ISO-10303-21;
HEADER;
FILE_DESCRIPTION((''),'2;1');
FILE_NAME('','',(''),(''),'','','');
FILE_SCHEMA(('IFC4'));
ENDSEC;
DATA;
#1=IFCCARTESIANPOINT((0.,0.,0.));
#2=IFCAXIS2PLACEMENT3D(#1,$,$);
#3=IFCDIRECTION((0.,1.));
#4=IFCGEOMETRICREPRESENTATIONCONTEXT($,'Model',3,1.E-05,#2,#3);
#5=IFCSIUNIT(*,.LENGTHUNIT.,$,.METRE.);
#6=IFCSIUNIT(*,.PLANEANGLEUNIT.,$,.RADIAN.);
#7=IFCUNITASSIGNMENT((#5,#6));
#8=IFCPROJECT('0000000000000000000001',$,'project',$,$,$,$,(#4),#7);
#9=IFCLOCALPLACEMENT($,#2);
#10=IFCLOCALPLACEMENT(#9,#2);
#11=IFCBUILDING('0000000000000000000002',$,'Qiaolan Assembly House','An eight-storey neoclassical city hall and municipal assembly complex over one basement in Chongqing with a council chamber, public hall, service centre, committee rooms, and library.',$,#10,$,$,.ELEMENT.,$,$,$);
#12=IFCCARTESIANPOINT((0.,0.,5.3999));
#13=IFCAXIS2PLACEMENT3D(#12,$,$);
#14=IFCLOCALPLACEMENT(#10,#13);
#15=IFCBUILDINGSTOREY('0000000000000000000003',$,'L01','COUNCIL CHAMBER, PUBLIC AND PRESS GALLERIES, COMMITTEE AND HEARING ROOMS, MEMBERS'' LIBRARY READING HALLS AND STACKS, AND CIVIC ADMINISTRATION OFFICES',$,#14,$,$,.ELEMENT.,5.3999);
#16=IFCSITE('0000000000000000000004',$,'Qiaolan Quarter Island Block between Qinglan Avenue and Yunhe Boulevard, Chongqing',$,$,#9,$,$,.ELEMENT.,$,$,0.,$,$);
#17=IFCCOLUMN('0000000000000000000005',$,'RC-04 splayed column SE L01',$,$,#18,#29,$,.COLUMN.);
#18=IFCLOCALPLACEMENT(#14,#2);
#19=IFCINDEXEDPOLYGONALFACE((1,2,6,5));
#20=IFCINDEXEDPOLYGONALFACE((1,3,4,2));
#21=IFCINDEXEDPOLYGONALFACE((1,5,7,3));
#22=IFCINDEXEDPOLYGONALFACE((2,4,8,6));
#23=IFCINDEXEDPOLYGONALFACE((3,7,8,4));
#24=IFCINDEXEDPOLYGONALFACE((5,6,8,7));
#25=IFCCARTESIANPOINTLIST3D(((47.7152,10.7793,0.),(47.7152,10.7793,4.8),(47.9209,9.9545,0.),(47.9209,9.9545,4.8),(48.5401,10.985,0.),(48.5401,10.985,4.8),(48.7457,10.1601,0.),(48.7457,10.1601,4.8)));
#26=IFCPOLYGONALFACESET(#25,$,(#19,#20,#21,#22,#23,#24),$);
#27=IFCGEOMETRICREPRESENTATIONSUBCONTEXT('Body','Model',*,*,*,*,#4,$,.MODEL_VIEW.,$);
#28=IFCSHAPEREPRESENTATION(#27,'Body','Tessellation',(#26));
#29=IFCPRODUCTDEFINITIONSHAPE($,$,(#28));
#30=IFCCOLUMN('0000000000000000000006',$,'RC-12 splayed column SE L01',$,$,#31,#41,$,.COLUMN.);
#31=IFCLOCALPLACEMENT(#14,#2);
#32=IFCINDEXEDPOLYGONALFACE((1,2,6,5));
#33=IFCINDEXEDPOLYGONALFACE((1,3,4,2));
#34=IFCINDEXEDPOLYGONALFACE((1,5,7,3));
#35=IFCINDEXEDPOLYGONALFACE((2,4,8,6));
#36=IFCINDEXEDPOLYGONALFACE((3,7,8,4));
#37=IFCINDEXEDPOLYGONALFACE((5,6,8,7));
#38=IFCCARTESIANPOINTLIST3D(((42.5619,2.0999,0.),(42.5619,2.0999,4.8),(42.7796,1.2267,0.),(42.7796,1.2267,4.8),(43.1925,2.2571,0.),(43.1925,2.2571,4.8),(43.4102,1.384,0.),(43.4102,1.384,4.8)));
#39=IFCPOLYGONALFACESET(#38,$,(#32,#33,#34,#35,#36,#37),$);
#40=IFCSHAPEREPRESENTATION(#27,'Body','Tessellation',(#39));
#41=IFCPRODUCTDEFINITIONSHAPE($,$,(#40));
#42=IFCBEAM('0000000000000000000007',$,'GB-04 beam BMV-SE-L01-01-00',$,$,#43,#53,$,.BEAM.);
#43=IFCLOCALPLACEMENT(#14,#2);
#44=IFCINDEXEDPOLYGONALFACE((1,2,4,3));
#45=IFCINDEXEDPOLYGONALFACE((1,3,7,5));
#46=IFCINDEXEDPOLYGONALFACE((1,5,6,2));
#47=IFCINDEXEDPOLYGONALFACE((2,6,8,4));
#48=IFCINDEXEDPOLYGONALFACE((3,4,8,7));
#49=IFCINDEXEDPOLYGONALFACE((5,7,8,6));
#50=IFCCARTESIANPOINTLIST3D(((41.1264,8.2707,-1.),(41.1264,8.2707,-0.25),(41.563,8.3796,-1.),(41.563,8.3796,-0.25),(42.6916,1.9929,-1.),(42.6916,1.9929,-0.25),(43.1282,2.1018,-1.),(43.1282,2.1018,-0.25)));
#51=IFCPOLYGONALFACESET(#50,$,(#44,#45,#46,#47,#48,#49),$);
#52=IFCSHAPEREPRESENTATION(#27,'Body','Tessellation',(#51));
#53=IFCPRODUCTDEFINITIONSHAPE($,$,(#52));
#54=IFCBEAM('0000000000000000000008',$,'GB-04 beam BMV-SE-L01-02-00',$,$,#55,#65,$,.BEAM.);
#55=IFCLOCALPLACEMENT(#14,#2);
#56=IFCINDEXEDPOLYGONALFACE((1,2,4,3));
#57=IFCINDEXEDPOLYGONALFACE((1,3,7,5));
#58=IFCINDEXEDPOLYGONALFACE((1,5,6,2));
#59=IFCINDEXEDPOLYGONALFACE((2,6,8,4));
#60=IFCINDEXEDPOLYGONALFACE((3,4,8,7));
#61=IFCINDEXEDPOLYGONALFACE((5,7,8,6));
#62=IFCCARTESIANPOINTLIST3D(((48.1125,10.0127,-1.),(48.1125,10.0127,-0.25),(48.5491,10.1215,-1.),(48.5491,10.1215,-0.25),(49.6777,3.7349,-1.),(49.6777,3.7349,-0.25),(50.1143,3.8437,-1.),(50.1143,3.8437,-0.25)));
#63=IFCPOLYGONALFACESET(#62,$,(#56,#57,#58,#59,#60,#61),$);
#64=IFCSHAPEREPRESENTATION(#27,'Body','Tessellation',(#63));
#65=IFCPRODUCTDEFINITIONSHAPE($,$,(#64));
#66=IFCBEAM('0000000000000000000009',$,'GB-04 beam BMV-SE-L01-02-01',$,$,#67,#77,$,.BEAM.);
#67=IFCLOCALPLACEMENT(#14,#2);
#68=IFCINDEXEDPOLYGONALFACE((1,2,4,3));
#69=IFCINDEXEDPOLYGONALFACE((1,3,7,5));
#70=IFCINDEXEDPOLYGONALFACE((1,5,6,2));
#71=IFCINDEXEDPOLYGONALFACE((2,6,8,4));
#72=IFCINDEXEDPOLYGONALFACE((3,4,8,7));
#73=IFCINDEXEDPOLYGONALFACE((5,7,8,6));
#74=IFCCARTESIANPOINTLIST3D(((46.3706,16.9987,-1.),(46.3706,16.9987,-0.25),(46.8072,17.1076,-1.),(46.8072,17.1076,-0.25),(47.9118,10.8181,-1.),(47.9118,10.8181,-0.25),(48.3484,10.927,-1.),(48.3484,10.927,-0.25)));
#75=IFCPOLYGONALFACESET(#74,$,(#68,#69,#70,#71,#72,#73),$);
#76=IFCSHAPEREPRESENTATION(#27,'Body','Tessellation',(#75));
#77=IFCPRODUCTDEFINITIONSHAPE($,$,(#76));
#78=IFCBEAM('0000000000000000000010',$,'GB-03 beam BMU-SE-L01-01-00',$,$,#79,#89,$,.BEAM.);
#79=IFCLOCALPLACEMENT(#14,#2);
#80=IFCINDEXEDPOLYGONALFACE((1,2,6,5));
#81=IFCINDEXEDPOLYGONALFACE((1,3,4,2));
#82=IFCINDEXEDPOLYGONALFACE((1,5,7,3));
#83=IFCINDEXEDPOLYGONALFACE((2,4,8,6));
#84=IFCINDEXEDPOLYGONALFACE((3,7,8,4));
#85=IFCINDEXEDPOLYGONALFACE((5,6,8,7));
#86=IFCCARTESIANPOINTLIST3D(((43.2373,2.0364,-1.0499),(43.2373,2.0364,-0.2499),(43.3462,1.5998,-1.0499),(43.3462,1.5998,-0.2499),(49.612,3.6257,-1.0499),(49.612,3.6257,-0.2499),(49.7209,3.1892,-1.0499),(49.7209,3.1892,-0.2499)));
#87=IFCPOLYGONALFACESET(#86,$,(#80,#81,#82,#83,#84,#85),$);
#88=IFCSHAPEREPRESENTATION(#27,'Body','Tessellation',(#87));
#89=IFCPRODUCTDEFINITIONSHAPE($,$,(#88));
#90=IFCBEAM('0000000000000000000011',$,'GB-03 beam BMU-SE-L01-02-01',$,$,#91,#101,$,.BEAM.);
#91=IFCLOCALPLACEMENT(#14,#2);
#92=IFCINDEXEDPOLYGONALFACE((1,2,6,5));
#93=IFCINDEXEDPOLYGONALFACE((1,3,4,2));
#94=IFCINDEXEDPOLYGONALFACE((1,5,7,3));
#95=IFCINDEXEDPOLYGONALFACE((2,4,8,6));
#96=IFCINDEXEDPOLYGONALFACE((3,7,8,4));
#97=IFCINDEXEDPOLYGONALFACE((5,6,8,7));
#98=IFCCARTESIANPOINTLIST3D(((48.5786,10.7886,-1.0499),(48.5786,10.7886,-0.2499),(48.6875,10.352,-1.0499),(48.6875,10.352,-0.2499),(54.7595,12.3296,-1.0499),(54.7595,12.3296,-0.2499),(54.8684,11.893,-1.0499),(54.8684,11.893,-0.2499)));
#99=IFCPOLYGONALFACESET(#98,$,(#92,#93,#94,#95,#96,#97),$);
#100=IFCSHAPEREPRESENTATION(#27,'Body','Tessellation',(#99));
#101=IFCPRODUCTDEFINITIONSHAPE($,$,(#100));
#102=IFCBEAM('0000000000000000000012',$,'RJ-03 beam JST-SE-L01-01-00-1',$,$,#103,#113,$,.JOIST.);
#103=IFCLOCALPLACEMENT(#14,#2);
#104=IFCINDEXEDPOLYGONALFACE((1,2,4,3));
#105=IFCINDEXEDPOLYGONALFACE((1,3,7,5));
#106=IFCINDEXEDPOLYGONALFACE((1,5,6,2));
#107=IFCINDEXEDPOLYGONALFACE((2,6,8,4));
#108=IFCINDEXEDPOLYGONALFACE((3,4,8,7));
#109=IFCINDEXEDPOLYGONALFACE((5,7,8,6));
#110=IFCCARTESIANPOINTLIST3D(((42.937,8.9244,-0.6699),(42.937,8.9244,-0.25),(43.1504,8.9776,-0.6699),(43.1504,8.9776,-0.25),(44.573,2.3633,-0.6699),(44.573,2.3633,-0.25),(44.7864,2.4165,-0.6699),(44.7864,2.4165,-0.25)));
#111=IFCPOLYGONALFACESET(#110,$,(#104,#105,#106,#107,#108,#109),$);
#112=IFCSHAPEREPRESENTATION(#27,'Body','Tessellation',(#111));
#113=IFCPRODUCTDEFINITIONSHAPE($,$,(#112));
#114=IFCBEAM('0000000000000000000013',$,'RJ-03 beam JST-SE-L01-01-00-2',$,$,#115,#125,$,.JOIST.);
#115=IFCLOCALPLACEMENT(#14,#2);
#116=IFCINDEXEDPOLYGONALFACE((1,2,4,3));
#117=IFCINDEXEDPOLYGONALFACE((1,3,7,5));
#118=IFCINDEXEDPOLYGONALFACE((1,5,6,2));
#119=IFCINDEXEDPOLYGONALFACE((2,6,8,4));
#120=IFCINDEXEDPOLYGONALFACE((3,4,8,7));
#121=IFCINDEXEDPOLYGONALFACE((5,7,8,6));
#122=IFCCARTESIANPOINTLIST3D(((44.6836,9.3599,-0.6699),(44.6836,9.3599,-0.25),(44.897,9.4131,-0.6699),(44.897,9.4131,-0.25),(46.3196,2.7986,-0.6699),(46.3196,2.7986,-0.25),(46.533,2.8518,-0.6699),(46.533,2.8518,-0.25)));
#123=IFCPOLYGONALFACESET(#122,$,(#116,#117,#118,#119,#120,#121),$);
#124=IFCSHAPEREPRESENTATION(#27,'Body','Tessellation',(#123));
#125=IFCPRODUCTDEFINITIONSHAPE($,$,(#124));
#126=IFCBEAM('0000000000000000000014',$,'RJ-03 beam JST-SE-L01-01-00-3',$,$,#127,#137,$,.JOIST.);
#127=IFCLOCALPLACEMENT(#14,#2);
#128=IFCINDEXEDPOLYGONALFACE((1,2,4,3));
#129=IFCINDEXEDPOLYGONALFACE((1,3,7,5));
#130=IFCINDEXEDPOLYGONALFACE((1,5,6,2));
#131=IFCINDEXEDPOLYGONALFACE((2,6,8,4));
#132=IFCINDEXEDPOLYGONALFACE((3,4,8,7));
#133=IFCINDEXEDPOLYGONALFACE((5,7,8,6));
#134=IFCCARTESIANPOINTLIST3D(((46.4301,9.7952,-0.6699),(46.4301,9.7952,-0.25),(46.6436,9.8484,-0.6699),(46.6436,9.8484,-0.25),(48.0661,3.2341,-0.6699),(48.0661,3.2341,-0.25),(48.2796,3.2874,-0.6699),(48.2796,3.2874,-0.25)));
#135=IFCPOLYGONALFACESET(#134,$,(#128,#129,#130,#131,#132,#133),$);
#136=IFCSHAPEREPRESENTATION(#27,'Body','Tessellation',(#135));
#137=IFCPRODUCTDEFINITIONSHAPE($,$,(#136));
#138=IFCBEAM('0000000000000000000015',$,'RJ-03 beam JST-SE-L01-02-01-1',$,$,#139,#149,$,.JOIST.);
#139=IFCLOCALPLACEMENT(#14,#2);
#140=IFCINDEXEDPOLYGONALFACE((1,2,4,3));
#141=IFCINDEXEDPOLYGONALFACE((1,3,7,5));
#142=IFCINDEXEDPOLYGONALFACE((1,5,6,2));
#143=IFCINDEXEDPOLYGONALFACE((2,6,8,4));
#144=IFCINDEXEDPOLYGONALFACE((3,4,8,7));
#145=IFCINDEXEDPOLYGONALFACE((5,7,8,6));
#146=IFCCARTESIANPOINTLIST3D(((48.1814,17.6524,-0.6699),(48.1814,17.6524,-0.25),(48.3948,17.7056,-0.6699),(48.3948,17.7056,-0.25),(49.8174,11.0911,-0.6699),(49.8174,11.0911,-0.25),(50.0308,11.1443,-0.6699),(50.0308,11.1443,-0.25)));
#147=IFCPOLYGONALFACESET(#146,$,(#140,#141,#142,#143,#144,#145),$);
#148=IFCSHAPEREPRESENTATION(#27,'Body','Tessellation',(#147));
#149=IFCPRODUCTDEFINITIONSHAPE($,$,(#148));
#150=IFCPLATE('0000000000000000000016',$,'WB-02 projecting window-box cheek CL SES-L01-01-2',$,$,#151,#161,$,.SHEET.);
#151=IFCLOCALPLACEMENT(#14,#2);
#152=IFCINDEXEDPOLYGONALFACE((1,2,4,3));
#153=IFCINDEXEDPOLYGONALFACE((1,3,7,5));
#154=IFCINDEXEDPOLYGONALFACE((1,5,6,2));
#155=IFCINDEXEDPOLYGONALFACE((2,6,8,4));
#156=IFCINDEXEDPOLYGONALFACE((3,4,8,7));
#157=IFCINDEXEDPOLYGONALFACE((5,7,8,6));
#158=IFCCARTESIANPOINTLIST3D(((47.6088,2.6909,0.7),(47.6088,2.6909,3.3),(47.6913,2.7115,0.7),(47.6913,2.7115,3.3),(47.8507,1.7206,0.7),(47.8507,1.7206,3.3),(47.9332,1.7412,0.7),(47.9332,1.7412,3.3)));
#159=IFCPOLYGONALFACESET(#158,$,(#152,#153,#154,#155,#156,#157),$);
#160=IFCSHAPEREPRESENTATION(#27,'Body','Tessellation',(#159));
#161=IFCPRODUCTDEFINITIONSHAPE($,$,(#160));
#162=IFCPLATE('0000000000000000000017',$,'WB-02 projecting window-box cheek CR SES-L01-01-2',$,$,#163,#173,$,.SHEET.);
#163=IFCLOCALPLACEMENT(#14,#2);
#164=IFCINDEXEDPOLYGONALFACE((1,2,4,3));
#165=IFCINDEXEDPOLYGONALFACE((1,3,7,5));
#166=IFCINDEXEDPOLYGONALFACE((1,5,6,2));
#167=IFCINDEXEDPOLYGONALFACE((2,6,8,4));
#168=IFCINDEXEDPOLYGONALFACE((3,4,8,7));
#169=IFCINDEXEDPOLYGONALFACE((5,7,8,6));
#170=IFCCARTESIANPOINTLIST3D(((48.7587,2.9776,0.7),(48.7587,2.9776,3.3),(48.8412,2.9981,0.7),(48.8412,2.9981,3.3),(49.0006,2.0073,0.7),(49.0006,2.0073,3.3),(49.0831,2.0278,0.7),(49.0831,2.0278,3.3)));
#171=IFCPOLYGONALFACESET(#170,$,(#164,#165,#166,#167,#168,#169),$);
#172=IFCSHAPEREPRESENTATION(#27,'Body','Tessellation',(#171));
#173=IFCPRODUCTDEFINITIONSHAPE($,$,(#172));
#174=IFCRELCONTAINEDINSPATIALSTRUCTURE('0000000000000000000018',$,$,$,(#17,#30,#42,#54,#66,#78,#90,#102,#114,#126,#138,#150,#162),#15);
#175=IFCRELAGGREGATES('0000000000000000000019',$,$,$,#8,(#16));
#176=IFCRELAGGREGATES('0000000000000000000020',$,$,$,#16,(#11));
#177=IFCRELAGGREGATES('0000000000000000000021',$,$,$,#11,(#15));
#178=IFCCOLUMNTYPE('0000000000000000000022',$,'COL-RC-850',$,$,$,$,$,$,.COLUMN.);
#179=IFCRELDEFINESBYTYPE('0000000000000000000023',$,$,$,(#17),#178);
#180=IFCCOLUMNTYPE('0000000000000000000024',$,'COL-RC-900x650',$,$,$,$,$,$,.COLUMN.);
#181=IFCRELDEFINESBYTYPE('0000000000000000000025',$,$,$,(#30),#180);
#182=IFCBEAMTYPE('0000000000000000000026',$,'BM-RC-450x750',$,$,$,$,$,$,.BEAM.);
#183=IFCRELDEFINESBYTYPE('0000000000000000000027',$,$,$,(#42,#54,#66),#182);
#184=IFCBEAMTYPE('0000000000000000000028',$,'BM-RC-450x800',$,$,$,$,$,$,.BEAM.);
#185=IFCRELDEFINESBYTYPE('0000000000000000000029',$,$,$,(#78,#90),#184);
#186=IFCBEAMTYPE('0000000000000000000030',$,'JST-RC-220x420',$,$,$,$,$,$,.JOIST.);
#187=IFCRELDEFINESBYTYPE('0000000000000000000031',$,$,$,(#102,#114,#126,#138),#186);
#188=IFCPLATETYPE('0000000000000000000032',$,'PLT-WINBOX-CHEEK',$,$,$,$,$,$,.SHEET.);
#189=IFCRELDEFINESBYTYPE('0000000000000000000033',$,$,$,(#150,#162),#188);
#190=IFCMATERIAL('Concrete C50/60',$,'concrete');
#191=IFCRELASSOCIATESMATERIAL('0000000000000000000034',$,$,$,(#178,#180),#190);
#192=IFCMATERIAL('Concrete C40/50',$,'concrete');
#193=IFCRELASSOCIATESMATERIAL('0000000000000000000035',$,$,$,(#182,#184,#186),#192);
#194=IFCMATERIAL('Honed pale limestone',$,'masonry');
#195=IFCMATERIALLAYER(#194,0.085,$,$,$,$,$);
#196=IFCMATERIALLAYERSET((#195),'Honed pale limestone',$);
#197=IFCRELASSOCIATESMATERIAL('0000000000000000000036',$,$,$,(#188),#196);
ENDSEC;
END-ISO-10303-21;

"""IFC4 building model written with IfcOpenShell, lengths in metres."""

from ifc_helpers import new_model, si_unit, direction, frame, origin, origin_2d, place, context, subcontext, project, spatial, rectangle, extrude, material, layer, layer_set, material_profile, profile_set, type_object, element, save


model = new_model("IFC4")

# Units and contexts
model_context = context("Model", 3, precision=1e-05, world=origin(), true_north=direction((0.0, 1.0)))
body_context = subcontext(model_context, "Body", "Model", "MODEL_VIEW")
ifc_project = project(units=[si_unit("LENGTHUNIT", "METRE"), si_unit("PLANEANGLEUNIT", "RADIAN")], contexts=[model_context])

# Site, building, storey
site_placement = place(None, origin())
site = spatial("IfcSite", under=ifc_project, at=site_placement, Name="Qiaolan Quarter Island Block between Qinglan Avenue and Yunhe Boulevard, Chongqing", CompositionType="ELEMENT", RefElevation=0.0)
building_placement = place(site_placement, origin())
building = spatial("IfcBuilding", under=site, at=building_placement, Name="Qiaolan Assembly House", Description="An eight-storey neoclassical city hall and municipal assembly complex over one basement in Chongqing with a council chamber, public hall, service centre, committee rooms, and library.", CompositionType="ELEMENT")
storey_placement = place(building_placement, frame((0.0, 0.0, 5.3999)))
storey = spatial("IfcBuildingStorey", under=building, at=storey_placement, Name="L01", Description="COUNCIL CHAMBER, PUBLIC AND PRESS GALLERIES, COMMITTEE AND HEARING ROOMS, MEMBERS' LIBRARY READING HALLS AND STACKS, AND CIVIC ADMINISTRATION OFFICES", CompositionType="ELEMENT", Elevation=5.3999)

# Columns
ifc_material_1 = material(Name="Concrete C50/60", Category="concrete")
ifc_material_profile_1 = material_profile(ifc_material_1, rectangle(XDim=0.8501, YDim=0.8501, at=origin_2d()), Name="RC 850x850")
ifc_profile_set_1 = profile_set([ifc_material_profile_1], Name="Concrete C50/60")
column_type_1 = type_object("IfcColumnType", Name="COL-RC-850", PredefinedType="COLUMN", material=ifc_profile_set_1)
column_1_placement = place(storey_placement, frame((48.2305, 10.4697, 0.0), z_axis=(0.0, 0.0, 1.0), x_axis=(0.970296, 0.241922, 0.0)))
element("IfcColumn", 1, at=column_1_placement, inside=storey, type_object=column_type_1, Name="RC-04 splayed column SE L01", PredefinedType="COLUMN", context=body_context, shape_type="SweptSolid", body=[
    extrude(rectangle(XDim=0.8501, YDim=0.8501, at=origin_2d()), origin(), (0.0, 0.0, 1.0), 4.8),
])
ifc_material_profile_2 = material_profile(ifc_material_1, rectangle(XDim=0.6499, YDim=0.8999, at=origin_2d()), Name="RC 900x650")
ifc_profile_set_2 = profile_set([ifc_material_profile_2], Name="Concrete C50/60")
column_type_2 = type_object("IfcColumnType", Name="COL-RC-900x650", PredefinedType="COLUMN", material=ifc_profile_set_2)
column_2_placement = place(storey_placement, frame((42.9861, 1.7419, 0.0), z_axis=(0.0, 0.0, 1.0), x_axis=(0.970296, 0.241922, 0.0)))
element("IfcColumn", 2, at=column_2_placement, inside=storey, type_object=column_type_2, Name="RC-12 splayed column SE L01", PredefinedType="COLUMN", context=body_context, shape_type="SweptSolid", body=[
    extrude(rectangle(XDim=0.6499, YDim=0.8999, at=origin_2d()), origin(), (0.0, 0.0, 1.0), 4.8),
])

# Beams
ifc_material_2 = material(Name="Concrete C40/50", Category="concrete")
ifc_material_profile_3 = material_profile(ifc_material_2, rectangle(XDim=0.45, YDim=0.75, at=origin_2d()), Name="RCB 450x750")
ifc_profile_set_3 = profile_set([ifc_material_profile_3], Name="Concrete C40/50")
beam_type_1 = type_object("IfcBeamType", Name="BM-RC-450x750", PredefinedType="BEAM", material=ifc_profile_set_3)
for number, where, z_axis, x_axis, name in (
    (3, (42.9099, 2.0474, -0.625), (-0.241914, 0.970298, 0.0), (-0.970298, -0.241914, 0.0), "GB-04 beam BMV-SE-L01-01-00"),
    (4, (49.896, 3.7893, -0.625), (-0.241914, 0.970298, 0.0), (-0.970298, -0.241914, 0.0), "GB-04 beam BMV-SE-L01-02-00"),
):
    element("IfcBeam", number, at=place(storey_placement, frame(where, z_axis=z_axis, x_axis=x_axis)), inside=storey, type_object=beam_type_1, Name=name, PredefinedType="BEAM", context=body_context, shape_type="SweptSolid", body=[
        extrude(rectangle(XDim=0.45, YDim=0.75, at=origin_2d()), origin(), (0.0, 0.0, 1.0), 6.47),
    ])
beam_1_placement = place(storey_placement, frame((48.1301, 10.8726, -0.625), z_axis=(-0.241958, 0.970287, 0.0), x_axis=(-0.970287, -0.241958, 0.0)))
element("IfcBeam", 5, at=beam_1_placement, inside=storey, type_object=beam_type_1, Name="GB-04 beam BMV-SE-L01-02-01", PredefinedType="BEAM", context=body_context, shape_type="SweptSolid", body=[
    extrude(rectangle(XDim=0.45, YDim=0.75, at=origin_2d()), origin(), (0.0, 0.0, 1.0), 6.3699),
])
ifc_material_profile_4 = material_profile(ifc_material_2, rectangle(XDim=0.45, YDim=0.8, at=origin_2d()), Name="RCB 450x800")
ifc_profile_set_4 = profile_set([ifc_material_profile_4], Name="Concrete C40/50")
beam_type_2 = type_object("IfcBeamType", Name="BM-RC-450x800", PredefinedType="BEAM", material=ifc_profile_set_4)
beam_2_placement = place(storey_placement, frame((43.2917, 1.8181, -0.6499), z_axis=(0.970298, 0.241915, 0.0), x_axis=(-0.241915, 0.970298, 0.0)))
element("IfcBeam", 6, at=beam_2_placement, inside=storey, type_object=beam_type_2, Name="GB-03 beam BMU-SE-L01-01-00", PredefinedType="BEAM", context=body_context, shape_type="SweptSolid", body=[
    extrude(rectangle(XDim=0.45, YDim=0.8, at=origin_2d()), origin(), (0.0, 0.0, 1.0), 6.5698),
])
beam_3_placement = place(storey_placement, frame((48.6331, 10.5703, -0.6499), z_axis=(0.970298, 0.241913, 0.0), x_axis=(-0.241913, 0.970298, 0.0)))
element("IfcBeam", 7, at=beam_3_placement, inside=storey, type_object=beam_type_2, Name="GB-03 beam BMU-SE-L01-02-01", PredefinedType="BEAM", context=body_context, shape_type="SweptSolid", body=[
    extrude(rectangle(XDim=0.45, YDim=0.8, at=origin_2d()), origin(), (0.0, 0.0, 1.0), 6.3701),
])
ifc_material_profile_5 = material_profile(ifc_material_2, rectangle(XDim=0.22, YDim=0.4199, at=origin_2d()), Name="RCB 220x420")
ifc_profile_set_5 = profile_set([ifc_material_profile_5], Name="Concrete C40/50")
beam_type_3 = type_object("IfcBeamType", Name="JST-RC-220x420", PredefinedType="JOIST", material=ifc_profile_set_5)
beam_4_placement = place(storey_placement, frame((44.6797, 2.3899, -0.46), z_axis=(-0.241941, 0.970291, 0.0), x_axis=(-0.970291, -0.241941, 0.0)))
element("IfcBeam", 8, at=beam_4_placement, inside=storey, type_object=beam_type_3, Name="RJ-03 beam JST-SE-L01-01-00-1", PredefinedType="JOIST", context=body_context, shape_type="SweptSolid", body=[
    extrude(rectangle(XDim=0.22, YDim=0.4199, at=origin_2d()), origin(), (0.0, 0.0, 1.0), 6.762),
])
beam_5_placement = place(storey_placement, frame((46.4263, 2.8252, -0.46), z_axis=(-0.241932, 0.970293, 0.0), x_axis=(-0.970293, -0.241932, 0.0)))
element("IfcBeam", 9, at=beam_5_placement, inside=storey, type_object=beam_type_3, Name="RJ-03 beam JST-SE-L01-01-00-2", PredefinedType="JOIST", context=body_context, shape_type="SweptSolid", body=[
    extrude(rectangle(XDim=0.22, YDim=0.4199, at=origin_2d()), origin(), (0.0, 0.0, 1.0), 6.7622),
])
beam_6_placement = place(storey_placement, frame((48.1729, 3.2607, -0.46), z_axis=(-0.241941, 0.970291, 0.0), x_axis=(-0.970291, -0.241941, 0.0)))
element("IfcBeam", 10, at=beam_6_placement, inside=storey, type_object=beam_type_3, Name="RJ-03 beam JST-SE-L01-01-00-3", PredefinedType="JOIST", context=body_context, shape_type="SweptSolid", body=[
    extrude(rectangle(XDim=0.22, YDim=0.4199, at=origin_2d()), origin(), (0.0, 0.0, 1.0), 6.762),
])
beam_7_placement = place(storey_placement, frame((49.9241, 11.1177, -0.46), z_axis=(-0.241932, 0.970293, 0.0), x_axis=(-0.970293, -0.241932, 0.0)))
element("IfcBeam", 11, at=beam_7_placement, inside=storey, type_object=beam_type_3, Name="RJ-03 beam JST-SE-L01-02-01-1", PredefinedType="JOIST", context=body_context, shape_type="SweptSolid", body=[
    extrude(rectangle(XDim=0.22, YDim=0.4199, at=origin_2d()), origin(), (0.0, 0.0, 1.0), 6.7622),
])

# Plates
ifc_material_3 = material(Name="Honed pale limestone", Category="masonry")
ifc_layer_1 = layer(ifc_material_3, 0.085)
ifc_layer_set_1 = layer_set([ifc_layer_1], Name="Honed pale limestone")
plate_type = type_object("IfcPlateType", Name="PLT-WINBOX-CHEEK", PredefinedType="SHEET", material=ifc_layer_set_1)
for number, where, z_axis, x_axis, name in (
    (12, (47.771, 2.2161, 0.7), (0.0, 0.0, 1.0), (0.970296, 0.241922, 0.0), "WB-02 projecting window-box cheek CL SES-L01-01-2"),
    (13, (48.9209, 2.5027, 0.7), (0.0, 0.0, 1.0), (0.970296, 0.241922, 0.0), "WB-02 projecting window-box cheek CR SES-L01-01-2"),
):
    element("IfcPlate", number, at=place(storey_placement, frame(where, z_axis=z_axis, x_axis=x_axis)), inside=storey, type_object=plate_type, Name=name, PredefinedType="SHEET", context=body_context, shape_type="SweptSolid", body=[
        extrude(rectangle(XDim=0.085, YDim=1.0, at=origin_2d()), origin(), (0.0, 0.0, 1.0), 2.6001),
    ])

save(model, "model.ifc")
